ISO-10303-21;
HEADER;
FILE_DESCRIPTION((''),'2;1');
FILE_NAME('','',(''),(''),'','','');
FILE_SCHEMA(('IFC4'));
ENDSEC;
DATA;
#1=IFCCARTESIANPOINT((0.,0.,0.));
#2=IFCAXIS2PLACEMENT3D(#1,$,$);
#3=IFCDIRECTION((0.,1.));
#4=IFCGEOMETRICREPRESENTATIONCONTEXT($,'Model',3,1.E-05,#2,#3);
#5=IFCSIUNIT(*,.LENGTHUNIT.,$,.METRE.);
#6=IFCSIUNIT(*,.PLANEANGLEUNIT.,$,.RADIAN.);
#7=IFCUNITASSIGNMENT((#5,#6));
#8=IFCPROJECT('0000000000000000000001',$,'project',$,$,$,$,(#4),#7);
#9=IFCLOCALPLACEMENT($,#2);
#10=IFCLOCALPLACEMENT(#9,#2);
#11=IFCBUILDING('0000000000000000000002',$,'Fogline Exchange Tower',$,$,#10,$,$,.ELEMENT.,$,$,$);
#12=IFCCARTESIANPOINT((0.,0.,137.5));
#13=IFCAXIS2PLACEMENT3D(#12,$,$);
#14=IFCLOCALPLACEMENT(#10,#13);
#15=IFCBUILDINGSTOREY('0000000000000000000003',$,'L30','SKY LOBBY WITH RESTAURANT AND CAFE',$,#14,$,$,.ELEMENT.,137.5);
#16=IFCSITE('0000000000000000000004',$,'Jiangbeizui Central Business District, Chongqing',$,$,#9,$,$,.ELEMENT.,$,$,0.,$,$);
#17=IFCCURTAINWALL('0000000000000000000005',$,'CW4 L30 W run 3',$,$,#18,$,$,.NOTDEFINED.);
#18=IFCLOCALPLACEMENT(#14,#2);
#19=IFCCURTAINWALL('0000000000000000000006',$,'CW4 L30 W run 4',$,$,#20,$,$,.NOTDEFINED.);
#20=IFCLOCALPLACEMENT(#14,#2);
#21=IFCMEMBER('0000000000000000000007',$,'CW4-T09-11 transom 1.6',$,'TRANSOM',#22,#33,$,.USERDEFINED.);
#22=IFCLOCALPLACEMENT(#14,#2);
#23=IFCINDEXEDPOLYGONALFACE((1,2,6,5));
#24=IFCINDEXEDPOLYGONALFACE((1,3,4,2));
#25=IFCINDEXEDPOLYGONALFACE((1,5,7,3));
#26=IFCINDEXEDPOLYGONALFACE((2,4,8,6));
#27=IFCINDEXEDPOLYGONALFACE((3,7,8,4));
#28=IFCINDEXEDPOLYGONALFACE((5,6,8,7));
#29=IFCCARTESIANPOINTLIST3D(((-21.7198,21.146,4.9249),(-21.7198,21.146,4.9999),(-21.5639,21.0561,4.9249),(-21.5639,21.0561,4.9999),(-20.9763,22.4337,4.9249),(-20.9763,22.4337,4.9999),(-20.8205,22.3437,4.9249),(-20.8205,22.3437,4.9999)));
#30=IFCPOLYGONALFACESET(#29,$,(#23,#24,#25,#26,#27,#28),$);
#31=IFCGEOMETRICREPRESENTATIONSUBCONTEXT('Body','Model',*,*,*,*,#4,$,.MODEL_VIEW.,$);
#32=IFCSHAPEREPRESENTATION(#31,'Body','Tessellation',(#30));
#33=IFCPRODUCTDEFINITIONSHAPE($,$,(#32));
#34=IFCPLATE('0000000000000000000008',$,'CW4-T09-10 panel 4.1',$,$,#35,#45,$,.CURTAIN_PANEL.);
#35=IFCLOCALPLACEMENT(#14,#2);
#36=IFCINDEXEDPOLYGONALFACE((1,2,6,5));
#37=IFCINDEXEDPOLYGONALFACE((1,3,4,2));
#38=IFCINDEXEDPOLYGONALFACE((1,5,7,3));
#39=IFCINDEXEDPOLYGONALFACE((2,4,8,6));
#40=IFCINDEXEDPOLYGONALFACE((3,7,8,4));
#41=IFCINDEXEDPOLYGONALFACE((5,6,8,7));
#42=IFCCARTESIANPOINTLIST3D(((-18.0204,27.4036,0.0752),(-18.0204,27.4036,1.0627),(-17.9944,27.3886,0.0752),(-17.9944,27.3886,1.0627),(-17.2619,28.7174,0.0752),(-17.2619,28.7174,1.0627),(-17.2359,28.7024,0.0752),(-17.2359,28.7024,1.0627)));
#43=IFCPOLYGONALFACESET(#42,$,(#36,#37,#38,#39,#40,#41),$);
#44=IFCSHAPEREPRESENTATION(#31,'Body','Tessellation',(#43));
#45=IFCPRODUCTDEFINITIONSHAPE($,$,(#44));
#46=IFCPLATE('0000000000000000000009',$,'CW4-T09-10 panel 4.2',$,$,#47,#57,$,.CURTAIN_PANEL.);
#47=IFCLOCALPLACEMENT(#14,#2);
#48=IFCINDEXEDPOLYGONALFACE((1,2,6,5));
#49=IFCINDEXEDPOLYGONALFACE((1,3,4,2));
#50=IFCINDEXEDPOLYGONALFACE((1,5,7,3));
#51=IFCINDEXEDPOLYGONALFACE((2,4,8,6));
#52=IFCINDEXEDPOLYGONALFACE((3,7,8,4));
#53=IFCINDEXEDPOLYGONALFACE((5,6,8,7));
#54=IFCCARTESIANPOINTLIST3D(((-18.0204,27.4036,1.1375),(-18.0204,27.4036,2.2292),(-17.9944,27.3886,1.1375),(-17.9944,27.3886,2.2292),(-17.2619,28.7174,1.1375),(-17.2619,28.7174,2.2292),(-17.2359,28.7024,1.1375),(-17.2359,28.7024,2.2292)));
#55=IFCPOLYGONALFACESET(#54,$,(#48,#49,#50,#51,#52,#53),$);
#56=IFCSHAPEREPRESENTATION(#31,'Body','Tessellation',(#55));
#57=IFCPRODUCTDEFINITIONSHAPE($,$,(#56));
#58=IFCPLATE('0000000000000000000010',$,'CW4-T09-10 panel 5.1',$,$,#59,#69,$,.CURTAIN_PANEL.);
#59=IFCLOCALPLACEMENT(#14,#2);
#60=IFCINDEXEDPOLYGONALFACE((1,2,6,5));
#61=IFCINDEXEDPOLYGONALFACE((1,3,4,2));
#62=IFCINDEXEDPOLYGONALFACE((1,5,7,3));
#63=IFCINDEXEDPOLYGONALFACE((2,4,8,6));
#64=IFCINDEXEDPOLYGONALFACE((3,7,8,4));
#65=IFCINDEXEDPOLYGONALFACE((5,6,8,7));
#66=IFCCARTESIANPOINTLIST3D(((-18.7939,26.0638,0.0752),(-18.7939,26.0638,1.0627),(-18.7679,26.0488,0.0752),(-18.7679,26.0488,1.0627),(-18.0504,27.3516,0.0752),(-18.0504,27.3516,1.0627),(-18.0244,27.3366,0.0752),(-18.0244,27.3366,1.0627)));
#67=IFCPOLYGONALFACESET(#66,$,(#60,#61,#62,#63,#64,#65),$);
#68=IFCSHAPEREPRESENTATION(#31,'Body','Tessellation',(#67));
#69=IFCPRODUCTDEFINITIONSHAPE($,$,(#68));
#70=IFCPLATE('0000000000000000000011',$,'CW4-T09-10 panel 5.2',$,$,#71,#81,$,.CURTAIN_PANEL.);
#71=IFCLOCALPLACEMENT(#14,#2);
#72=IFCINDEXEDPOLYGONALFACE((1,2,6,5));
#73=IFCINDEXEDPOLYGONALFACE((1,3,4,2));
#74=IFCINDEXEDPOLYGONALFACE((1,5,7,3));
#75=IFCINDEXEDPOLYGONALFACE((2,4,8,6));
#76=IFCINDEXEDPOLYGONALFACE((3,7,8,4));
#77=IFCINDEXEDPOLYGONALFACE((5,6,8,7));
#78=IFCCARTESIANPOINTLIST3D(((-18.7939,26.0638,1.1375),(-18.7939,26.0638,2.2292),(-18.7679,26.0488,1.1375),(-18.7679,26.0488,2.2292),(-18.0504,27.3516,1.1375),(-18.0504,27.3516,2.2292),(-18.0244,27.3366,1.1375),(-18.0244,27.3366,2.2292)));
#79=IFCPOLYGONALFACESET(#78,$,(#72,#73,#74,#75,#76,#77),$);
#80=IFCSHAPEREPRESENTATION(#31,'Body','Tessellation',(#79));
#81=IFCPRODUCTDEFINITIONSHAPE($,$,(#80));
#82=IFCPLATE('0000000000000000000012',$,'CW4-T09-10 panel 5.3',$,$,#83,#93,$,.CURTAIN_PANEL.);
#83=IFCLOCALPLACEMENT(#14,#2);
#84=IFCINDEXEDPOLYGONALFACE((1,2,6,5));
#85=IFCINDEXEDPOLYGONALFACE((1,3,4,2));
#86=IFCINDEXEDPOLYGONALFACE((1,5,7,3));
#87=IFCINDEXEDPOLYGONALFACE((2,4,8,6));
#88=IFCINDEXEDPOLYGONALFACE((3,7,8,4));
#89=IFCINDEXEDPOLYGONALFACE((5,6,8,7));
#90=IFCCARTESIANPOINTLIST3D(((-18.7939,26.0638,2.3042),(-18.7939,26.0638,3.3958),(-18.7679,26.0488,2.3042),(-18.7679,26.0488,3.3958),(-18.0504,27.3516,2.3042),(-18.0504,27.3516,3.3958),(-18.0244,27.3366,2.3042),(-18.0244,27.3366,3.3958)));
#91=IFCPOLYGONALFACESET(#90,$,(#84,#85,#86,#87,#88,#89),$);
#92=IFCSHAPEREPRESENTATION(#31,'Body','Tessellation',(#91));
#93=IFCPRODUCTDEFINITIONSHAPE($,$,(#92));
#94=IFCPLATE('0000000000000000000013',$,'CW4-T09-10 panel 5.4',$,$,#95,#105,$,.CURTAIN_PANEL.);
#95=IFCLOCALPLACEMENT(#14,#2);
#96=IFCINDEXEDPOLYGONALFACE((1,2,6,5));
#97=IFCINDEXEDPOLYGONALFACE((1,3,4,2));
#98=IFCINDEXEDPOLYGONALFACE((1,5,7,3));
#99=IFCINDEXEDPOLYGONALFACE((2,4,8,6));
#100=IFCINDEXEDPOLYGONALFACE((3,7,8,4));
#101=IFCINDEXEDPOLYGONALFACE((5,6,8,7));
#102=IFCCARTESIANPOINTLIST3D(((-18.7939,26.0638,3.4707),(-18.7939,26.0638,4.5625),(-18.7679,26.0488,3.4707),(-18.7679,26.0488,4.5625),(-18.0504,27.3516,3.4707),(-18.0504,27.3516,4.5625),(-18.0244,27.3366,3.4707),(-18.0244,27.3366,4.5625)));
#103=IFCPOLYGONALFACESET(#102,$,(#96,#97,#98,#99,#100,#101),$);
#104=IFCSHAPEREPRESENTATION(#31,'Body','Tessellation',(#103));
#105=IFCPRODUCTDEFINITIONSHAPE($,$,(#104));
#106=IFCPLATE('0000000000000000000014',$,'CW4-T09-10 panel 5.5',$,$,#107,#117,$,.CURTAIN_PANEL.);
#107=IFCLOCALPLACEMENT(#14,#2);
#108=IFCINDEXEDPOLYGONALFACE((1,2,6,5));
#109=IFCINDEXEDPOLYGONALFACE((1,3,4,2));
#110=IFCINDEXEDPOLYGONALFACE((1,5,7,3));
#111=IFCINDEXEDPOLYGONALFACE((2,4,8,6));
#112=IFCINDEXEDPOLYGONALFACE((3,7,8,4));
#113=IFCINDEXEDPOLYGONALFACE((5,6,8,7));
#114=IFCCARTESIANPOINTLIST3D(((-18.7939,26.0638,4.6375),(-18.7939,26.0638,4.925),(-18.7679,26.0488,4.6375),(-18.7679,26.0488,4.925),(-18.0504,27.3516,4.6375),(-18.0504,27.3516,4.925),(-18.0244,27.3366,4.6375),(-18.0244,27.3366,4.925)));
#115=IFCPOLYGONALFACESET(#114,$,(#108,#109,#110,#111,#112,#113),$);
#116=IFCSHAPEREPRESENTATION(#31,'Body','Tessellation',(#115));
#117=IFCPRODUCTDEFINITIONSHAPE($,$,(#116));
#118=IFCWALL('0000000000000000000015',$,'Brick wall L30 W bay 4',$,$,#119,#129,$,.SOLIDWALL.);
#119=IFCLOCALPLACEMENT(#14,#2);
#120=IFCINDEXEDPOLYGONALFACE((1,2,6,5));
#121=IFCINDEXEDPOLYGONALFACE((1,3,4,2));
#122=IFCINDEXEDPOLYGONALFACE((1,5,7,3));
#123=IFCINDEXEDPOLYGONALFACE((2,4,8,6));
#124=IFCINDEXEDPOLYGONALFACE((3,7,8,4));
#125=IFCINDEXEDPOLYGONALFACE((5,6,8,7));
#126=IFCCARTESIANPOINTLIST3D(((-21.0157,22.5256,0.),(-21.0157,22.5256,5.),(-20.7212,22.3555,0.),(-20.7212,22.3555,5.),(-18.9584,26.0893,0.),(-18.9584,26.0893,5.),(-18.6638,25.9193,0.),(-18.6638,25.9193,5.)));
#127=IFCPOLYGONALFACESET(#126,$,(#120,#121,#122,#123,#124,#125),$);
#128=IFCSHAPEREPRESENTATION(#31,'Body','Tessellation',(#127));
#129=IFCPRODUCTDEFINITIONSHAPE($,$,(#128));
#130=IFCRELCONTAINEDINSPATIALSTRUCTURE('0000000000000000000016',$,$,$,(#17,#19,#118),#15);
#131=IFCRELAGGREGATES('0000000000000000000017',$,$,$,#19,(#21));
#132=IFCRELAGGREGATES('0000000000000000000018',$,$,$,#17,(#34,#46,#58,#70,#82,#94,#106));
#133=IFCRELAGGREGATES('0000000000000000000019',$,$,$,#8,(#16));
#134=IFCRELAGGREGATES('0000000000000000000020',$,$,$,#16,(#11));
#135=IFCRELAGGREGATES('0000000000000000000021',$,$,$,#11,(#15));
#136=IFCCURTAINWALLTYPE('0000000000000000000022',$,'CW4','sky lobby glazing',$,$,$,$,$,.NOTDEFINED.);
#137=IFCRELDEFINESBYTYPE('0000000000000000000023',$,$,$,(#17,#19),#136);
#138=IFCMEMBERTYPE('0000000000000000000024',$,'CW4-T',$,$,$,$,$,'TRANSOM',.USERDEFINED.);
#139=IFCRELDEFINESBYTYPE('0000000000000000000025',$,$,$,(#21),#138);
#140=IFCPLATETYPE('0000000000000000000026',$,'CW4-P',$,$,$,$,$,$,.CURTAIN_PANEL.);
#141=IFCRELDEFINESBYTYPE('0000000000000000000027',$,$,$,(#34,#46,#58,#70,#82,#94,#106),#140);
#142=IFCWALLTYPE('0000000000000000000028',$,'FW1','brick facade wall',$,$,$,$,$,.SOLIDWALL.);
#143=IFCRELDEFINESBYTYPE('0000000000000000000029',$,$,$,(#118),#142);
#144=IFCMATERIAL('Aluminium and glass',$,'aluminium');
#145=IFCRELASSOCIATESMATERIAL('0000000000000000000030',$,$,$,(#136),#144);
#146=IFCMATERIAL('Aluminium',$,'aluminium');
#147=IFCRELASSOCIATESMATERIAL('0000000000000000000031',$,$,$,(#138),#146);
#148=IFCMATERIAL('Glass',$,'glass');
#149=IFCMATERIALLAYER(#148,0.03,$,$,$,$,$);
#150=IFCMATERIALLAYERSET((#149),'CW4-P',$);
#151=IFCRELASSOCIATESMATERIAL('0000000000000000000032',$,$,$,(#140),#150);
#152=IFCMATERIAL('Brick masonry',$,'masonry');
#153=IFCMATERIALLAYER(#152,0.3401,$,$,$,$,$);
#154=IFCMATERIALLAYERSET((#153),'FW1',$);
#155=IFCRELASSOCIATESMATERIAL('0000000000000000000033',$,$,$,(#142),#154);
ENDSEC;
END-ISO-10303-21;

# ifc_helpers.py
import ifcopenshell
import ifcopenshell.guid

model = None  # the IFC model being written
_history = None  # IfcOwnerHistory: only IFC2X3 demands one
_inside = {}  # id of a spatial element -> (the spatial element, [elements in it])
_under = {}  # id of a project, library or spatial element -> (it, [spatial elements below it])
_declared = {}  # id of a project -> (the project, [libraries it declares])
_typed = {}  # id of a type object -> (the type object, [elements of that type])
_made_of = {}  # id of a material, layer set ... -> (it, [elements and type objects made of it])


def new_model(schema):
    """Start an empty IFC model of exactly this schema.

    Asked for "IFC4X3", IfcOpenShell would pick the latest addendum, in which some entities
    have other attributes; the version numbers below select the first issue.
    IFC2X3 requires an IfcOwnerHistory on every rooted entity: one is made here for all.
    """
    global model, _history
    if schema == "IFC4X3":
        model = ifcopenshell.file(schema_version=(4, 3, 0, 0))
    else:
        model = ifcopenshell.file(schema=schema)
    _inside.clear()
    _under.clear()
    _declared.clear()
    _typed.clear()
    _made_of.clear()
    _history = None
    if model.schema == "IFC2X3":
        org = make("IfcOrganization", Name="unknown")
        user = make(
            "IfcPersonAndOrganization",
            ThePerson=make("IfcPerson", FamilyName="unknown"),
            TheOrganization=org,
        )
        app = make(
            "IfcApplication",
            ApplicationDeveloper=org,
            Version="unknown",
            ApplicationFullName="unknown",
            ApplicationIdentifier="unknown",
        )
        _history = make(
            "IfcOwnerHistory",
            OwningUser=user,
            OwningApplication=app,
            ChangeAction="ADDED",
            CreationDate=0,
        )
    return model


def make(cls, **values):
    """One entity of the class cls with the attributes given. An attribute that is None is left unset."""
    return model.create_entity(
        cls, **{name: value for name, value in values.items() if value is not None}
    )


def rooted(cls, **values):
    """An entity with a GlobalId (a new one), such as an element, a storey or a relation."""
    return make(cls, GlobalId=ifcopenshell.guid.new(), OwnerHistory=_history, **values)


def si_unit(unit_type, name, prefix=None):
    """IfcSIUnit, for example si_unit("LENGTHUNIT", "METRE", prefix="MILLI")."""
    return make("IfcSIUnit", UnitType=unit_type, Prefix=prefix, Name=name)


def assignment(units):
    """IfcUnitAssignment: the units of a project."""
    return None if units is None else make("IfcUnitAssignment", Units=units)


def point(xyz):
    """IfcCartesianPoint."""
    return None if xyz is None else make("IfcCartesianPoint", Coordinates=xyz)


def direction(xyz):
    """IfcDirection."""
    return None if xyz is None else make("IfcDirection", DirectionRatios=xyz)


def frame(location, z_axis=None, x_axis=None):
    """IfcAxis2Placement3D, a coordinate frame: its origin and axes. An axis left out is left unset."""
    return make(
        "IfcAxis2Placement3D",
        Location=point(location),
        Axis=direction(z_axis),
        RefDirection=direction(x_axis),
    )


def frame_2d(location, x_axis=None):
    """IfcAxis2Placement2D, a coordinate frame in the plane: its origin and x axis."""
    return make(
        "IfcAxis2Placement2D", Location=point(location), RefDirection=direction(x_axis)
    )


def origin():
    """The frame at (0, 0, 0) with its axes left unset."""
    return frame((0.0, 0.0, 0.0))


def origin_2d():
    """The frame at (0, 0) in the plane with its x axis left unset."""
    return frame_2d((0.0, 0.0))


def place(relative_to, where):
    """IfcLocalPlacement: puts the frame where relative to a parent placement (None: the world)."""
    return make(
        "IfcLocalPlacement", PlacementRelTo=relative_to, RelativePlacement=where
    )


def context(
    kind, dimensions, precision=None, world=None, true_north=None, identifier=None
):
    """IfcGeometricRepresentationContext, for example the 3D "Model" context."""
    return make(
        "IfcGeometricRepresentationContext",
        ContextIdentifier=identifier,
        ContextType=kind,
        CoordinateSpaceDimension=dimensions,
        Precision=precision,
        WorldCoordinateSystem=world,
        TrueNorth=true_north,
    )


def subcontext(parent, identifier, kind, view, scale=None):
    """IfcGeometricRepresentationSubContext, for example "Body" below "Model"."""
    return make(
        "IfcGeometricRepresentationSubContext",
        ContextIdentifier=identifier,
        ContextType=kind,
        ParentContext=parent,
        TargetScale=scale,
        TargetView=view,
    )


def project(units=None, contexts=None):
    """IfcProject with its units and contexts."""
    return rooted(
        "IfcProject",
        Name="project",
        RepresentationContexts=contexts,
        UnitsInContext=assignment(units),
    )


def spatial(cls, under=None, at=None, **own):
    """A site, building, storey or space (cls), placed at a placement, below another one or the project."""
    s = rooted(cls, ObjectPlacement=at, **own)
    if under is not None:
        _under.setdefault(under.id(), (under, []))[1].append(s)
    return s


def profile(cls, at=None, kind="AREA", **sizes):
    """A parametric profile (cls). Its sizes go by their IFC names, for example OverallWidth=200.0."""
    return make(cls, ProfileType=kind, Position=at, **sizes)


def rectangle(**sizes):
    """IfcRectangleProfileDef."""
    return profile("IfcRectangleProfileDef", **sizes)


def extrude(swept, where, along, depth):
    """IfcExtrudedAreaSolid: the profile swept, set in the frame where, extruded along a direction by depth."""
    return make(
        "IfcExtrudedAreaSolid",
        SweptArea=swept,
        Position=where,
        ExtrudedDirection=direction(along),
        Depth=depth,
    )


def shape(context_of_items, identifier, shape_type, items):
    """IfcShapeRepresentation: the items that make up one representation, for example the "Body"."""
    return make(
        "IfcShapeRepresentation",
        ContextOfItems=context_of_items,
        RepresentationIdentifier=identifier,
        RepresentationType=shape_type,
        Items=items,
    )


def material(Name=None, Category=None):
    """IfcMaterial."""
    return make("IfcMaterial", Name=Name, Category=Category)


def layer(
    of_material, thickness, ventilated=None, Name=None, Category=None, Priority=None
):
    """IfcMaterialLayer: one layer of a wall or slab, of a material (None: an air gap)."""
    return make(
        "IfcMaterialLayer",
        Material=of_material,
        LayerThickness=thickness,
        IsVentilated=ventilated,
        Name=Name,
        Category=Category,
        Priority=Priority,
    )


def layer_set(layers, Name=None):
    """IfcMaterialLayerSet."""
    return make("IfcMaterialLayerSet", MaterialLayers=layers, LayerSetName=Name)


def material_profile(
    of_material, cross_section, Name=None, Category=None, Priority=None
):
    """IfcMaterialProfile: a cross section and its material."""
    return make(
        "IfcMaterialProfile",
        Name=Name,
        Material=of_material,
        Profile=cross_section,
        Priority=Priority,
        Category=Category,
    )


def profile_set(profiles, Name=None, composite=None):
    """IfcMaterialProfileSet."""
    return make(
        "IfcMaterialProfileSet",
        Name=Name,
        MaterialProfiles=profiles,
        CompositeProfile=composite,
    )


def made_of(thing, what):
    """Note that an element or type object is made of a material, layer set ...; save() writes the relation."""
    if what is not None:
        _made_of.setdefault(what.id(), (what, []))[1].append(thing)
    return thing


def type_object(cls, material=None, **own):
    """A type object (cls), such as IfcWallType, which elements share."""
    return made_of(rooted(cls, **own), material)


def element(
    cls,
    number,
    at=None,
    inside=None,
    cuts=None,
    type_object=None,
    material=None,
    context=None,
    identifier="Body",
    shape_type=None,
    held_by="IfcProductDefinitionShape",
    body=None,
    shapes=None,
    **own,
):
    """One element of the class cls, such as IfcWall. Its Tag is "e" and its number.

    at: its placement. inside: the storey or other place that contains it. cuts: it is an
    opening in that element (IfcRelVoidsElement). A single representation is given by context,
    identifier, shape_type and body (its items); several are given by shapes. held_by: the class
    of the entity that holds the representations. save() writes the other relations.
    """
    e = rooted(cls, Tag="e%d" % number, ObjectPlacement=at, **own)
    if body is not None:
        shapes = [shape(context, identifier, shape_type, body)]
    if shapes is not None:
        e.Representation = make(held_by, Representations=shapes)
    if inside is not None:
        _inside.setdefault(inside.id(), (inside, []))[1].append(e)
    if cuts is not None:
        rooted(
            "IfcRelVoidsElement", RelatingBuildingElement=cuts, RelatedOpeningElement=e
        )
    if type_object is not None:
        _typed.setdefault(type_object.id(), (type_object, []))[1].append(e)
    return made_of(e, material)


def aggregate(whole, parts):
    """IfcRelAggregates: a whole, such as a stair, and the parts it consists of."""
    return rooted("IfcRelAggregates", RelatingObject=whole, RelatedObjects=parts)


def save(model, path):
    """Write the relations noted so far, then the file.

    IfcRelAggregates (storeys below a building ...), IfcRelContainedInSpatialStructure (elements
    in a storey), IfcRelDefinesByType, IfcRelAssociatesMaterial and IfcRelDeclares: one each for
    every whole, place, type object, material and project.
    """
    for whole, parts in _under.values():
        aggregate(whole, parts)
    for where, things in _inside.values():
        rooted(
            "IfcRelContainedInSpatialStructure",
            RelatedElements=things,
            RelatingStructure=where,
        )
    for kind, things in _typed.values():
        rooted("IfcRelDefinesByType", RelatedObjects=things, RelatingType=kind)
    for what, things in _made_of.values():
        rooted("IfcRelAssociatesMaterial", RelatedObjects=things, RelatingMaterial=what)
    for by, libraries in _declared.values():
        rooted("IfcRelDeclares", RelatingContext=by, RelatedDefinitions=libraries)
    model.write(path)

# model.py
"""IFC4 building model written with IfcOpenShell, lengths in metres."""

from ifc_helpers import new_model, si_unit, direction, frame, frame_2d, origin, origin_2d, place, context, subcontext, project, spatial, rectangle, extrude, material, layer, layer_set, material_profile, profile_set, type_object, element, aggregate, save


model = new_model("IFC4")

# Units and contexts
model_context = context("Model", 3, precision=1e-05, world=origin(), true_north=direction((0.0, 1.0)))
body_context = subcontext(model_context, "Body", "Model", "MODEL_VIEW")
ifc_project = project(units=[si_unit("LENGTHUNIT", "METRE"), si_unit("PLANEANGLEUNIT", "RADIAN")], contexts=[model_context])

# Site, building, storey
site_placement = place(None, origin())
site = spatial("IfcSite", under=ifc_project, at=site_placement, Name="Jiangbeizui Central Business District, Chongqing", CompositionType="ELEMENT", RefElevation=0.0)
building_placement = place(site_placement, origin())
building = spatial("IfcBuilding", under=site, at=building_placement, Name="Fogline Exchange Tower", CompositionType="ELEMENT")
storey_placement = place(building_placement, frame((0.0, 0.0, 137.5)))
storey = spatial("IfcBuildingStorey", under=building, at=storey_placement, Name="L30", Description="SKY LOBBY WITH RESTAURANT AND CAFE", CompositionType="ELEMENT", Elevation=137.5)

# Curtain wall
ifc_material_1 = material(Name="Aluminium and glass", Category="aluminium")
curtain_wall_type = type_object("IfcCurtainWallType", Name="CW4", Description="sky lobby glazing", PredefinedType="NOTDEFINED", material=ifc_material_1)
curtain_wall_1_placement = place(storey_placement, origin())
curtain_wall_1 = element("IfcCurtainWall", 1, at=curtain_wall_1_placement, inside=storey, type_object=curtain_wall_type, Name="CW4 L30 W run 3", PredefinedType="NOTDEFINED")
ifc_material_2 = material(Name="Aluminium", Category="aluminium")

# Curtain wall
curtain_wall_2_placement = place(storey_placement, origin())
curtain_wall_2 = element("IfcCurtainWall", 2, at=curtain_wall_2_placement, inside=storey, type_object=curtain_wall_type, Name="CW4 L30 W run 4", PredefinedType="NOTDEFINED")

# Member
ifc_material_profile_1 = material_profile(ifc_material_2, rectangle(XDim=0.1799, YDim=0.075, at=origin_2d()), Name="Transom 75x180")
ifc_profile_set_1 = profile_set([ifc_material_profile_1], Name="Aluminium")
member_type_1 = type_object("IfcMemberType", Name="CW4-T", ElementType="TRANSOM", PredefinedType="USERDEFINED", material=ifc_profile_set_1)
member_1_placement = place(storey_placement, frame((-20.8984, 22.3887, 4.9624), z_axis=(-0.500007, -0.866022, 0.0), x_axis=(0.866022, -0.500007, 0.0)))
member_1 = element("IfcMember", 3, at=member_1_placement, type_object=member_type_1, Name="CW4-T09-11 transom 1.6", ObjectType="TRANSOM", PredefinedType="USERDEFINED", context=body_context, shape_type="SweptSolid", body=[
    extrude(rectangle(XDim=0.1799, YDim=0.075, at=origin_2d()), origin(), (0.0, 0.0, 1.0), 1.4868),
])
aggregate(curtain_wall_2, [member_1])

# Plates
ifc_material_3 = material(Name="Glass", Category="glass")
ifc_layer_1 = layer(ifc_material_3, 0.03)
ifc_layer_set_1 = layer_set([ifc_layer_1], Name="CW4-P")
plate_type = type_object("IfcPlateType", Name="CW4-P", PredefinedType="CURTAIN_PANEL", material=ifc_layer_set_1)
plate_1_placement = place(storey_placement, frame((-17.6282, 28.053, 0.0752), z_axis=(0.0, 0.0, 1.0), x_axis=(-0.5, -0.866025, 0.0)))
plate_1 = element("IfcPlate", 4, at=plate_1_placement, type_object=plate_type, Name="CW4-T09-10 panel 4.1", PredefinedType="CURTAIN_PANEL", context=body_context, shape_type="SweptSolid", body=[
    extrude(rectangle(XDim=1.5171, YDim=0.03, at=origin_2d()), origin(), (0.0, 0.0, 1.0), 0.9875),
])
plate_2_placement = place(storey_placement, frame((-17.6282, 28.053, 1.1375), z_axis=(0.0, 0.0, 1.0), x_axis=(-0.5, -0.866025, 0.0)))
plate_2 = element("IfcPlate", 5, at=plate_2_placement, type_object=plate_type, Name="CW4-T09-10 panel 4.2", PredefinedType="CURTAIN_PANEL", context=body_context, shape_type="SweptSolid", body=[
    extrude(rectangle(XDim=1.5171, YDim=0.03, at=origin_2d()), origin(), (0.0, 0.0, 1.0), 1.0918),
])
plate_3_placement = place(storey_placement, frame((-18.4092, 26.7002, 0.0752), z_axis=(0.0, 0.0, 1.0), x_axis=(-0.5, -0.866025, 0.0)))
plate_3 = element("IfcPlate", 6, at=plate_3_placement, type_object=plate_type, Name="CW4-T09-10 panel 5.1", PredefinedType="CURTAIN_PANEL", context=body_context, shape_type="SweptSolid", body=[
    extrude(rectangle(XDim=1.4871, YDim=0.03, at=origin_2d()), origin(), (0.0, 0.0, 1.0), 0.9875),
])
plate_4_placement = place(storey_placement, frame((-18.4092, 26.7002, 1.1375), z_axis=(0.0, 0.0, 1.0), x_axis=(-0.5, -0.866025, 0.0)))
plate_4 = element("IfcPlate", 7, at=plate_4_placement, type_object=plate_type, Name="CW4-T09-10 panel 5.2", PredefinedType="CURTAIN_PANEL", context=body_context, shape_type="SweptSolid", body=[
    extrude(rectangle(XDim=1.4871, YDim=0.03, at=origin_2d()), origin(), (0.0, 0.0, 1.0), 1.0918),
])
plate_5_placement = place(storey_placement, frame((-18.4092, 26.7002, 2.3042), z_axis=(0.0, 0.0, 1.0), x_axis=(-0.5, -0.866025, 0.0)))
plate_5 = element("IfcPlate", 8, at=plate_5_placement, type_object=plate_type, Name="CW4-T09-10 panel 5.3", PredefinedType="CURTAIN_PANEL", context=body_context, shape_type="SweptSolid", body=[
    extrude(rectangle(XDim=1.4871, YDim=0.03, at=origin_2d()), origin(), (0.0, 0.0, 1.0), 1.0916),
])
plate_6_placement = place(storey_placement, frame((-18.4092, 26.7002, 3.4707), z_axis=(0.0, 0.0, 1.0), x_axis=(-0.5, -0.866025, 0.0)))
plate_6 = element("IfcPlate", 9, at=plate_6_placement, type_object=plate_type, Name="CW4-T09-10 panel 5.4", PredefinedType="CURTAIN_PANEL", context=body_context, shape_type="SweptSolid", body=[
    extrude(rectangle(XDim=1.4871, YDim=0.03, at=origin_2d()), origin(), (0.0, 0.0, 1.0), 1.0918),
])
plate_7_placement = place(storey_placement, frame((-18.4092, 26.7002, 4.6375), z_axis=(0.0, 0.0, 1.0), x_axis=(-0.5, -0.866025, 0.0)))
plate_7 = element("IfcPlate", 10, at=plate_7_placement, type_object=plate_type, Name="CW4-T09-10 panel 5.5", PredefinedType="CURTAIN_PANEL", context=body_context, shape_type="SweptSolid", body=[
    extrude(rectangle(XDim=1.4871, YDim=0.03, at=origin_2d()), origin(), (0.0, 0.0, 1.0), 0.2876),
])
aggregate(curtain_wall_1, [plate_1, plate_2, plate_3, plate_4, plate_5, plate_6, plate_7])

# Wall
ifc_material_4 = material(Name="Brick masonry", Category="masonry")
ifc_layer_2 = layer(ifc_material_4, 0.3401)
ifc_layer_set_2 = layer_set([ifc_layer_2], Name="FW1")
wall_type = type_object("IfcWallType", Name="FW1", Description="brick facade wall", PredefinedType="SOLIDWALL", material=ifc_layer_set_2)
wall_placement = place(storey_placement, frame((-18.811, 26.0044, 0.0), z_axis=(0.0, 0.0, 1.0), x_axis=(-0.499974, -0.86604, 0.0)))
element("IfcWall", 11, at=wall_placement, inside=storey, type_object=wall_type, Name="Brick wall L30 W bay 4", PredefinedType="SOLIDWALL", context=body_context, shape_type="SweptSolid", body=[
    extrude(rectangle(XDim=4.115, YDim=0.3401, at=frame_2d((2.0576, 0.0))), origin(), (0.0, 0.0, 1.0), 5.0),
])

save(model, "model.ifc")
